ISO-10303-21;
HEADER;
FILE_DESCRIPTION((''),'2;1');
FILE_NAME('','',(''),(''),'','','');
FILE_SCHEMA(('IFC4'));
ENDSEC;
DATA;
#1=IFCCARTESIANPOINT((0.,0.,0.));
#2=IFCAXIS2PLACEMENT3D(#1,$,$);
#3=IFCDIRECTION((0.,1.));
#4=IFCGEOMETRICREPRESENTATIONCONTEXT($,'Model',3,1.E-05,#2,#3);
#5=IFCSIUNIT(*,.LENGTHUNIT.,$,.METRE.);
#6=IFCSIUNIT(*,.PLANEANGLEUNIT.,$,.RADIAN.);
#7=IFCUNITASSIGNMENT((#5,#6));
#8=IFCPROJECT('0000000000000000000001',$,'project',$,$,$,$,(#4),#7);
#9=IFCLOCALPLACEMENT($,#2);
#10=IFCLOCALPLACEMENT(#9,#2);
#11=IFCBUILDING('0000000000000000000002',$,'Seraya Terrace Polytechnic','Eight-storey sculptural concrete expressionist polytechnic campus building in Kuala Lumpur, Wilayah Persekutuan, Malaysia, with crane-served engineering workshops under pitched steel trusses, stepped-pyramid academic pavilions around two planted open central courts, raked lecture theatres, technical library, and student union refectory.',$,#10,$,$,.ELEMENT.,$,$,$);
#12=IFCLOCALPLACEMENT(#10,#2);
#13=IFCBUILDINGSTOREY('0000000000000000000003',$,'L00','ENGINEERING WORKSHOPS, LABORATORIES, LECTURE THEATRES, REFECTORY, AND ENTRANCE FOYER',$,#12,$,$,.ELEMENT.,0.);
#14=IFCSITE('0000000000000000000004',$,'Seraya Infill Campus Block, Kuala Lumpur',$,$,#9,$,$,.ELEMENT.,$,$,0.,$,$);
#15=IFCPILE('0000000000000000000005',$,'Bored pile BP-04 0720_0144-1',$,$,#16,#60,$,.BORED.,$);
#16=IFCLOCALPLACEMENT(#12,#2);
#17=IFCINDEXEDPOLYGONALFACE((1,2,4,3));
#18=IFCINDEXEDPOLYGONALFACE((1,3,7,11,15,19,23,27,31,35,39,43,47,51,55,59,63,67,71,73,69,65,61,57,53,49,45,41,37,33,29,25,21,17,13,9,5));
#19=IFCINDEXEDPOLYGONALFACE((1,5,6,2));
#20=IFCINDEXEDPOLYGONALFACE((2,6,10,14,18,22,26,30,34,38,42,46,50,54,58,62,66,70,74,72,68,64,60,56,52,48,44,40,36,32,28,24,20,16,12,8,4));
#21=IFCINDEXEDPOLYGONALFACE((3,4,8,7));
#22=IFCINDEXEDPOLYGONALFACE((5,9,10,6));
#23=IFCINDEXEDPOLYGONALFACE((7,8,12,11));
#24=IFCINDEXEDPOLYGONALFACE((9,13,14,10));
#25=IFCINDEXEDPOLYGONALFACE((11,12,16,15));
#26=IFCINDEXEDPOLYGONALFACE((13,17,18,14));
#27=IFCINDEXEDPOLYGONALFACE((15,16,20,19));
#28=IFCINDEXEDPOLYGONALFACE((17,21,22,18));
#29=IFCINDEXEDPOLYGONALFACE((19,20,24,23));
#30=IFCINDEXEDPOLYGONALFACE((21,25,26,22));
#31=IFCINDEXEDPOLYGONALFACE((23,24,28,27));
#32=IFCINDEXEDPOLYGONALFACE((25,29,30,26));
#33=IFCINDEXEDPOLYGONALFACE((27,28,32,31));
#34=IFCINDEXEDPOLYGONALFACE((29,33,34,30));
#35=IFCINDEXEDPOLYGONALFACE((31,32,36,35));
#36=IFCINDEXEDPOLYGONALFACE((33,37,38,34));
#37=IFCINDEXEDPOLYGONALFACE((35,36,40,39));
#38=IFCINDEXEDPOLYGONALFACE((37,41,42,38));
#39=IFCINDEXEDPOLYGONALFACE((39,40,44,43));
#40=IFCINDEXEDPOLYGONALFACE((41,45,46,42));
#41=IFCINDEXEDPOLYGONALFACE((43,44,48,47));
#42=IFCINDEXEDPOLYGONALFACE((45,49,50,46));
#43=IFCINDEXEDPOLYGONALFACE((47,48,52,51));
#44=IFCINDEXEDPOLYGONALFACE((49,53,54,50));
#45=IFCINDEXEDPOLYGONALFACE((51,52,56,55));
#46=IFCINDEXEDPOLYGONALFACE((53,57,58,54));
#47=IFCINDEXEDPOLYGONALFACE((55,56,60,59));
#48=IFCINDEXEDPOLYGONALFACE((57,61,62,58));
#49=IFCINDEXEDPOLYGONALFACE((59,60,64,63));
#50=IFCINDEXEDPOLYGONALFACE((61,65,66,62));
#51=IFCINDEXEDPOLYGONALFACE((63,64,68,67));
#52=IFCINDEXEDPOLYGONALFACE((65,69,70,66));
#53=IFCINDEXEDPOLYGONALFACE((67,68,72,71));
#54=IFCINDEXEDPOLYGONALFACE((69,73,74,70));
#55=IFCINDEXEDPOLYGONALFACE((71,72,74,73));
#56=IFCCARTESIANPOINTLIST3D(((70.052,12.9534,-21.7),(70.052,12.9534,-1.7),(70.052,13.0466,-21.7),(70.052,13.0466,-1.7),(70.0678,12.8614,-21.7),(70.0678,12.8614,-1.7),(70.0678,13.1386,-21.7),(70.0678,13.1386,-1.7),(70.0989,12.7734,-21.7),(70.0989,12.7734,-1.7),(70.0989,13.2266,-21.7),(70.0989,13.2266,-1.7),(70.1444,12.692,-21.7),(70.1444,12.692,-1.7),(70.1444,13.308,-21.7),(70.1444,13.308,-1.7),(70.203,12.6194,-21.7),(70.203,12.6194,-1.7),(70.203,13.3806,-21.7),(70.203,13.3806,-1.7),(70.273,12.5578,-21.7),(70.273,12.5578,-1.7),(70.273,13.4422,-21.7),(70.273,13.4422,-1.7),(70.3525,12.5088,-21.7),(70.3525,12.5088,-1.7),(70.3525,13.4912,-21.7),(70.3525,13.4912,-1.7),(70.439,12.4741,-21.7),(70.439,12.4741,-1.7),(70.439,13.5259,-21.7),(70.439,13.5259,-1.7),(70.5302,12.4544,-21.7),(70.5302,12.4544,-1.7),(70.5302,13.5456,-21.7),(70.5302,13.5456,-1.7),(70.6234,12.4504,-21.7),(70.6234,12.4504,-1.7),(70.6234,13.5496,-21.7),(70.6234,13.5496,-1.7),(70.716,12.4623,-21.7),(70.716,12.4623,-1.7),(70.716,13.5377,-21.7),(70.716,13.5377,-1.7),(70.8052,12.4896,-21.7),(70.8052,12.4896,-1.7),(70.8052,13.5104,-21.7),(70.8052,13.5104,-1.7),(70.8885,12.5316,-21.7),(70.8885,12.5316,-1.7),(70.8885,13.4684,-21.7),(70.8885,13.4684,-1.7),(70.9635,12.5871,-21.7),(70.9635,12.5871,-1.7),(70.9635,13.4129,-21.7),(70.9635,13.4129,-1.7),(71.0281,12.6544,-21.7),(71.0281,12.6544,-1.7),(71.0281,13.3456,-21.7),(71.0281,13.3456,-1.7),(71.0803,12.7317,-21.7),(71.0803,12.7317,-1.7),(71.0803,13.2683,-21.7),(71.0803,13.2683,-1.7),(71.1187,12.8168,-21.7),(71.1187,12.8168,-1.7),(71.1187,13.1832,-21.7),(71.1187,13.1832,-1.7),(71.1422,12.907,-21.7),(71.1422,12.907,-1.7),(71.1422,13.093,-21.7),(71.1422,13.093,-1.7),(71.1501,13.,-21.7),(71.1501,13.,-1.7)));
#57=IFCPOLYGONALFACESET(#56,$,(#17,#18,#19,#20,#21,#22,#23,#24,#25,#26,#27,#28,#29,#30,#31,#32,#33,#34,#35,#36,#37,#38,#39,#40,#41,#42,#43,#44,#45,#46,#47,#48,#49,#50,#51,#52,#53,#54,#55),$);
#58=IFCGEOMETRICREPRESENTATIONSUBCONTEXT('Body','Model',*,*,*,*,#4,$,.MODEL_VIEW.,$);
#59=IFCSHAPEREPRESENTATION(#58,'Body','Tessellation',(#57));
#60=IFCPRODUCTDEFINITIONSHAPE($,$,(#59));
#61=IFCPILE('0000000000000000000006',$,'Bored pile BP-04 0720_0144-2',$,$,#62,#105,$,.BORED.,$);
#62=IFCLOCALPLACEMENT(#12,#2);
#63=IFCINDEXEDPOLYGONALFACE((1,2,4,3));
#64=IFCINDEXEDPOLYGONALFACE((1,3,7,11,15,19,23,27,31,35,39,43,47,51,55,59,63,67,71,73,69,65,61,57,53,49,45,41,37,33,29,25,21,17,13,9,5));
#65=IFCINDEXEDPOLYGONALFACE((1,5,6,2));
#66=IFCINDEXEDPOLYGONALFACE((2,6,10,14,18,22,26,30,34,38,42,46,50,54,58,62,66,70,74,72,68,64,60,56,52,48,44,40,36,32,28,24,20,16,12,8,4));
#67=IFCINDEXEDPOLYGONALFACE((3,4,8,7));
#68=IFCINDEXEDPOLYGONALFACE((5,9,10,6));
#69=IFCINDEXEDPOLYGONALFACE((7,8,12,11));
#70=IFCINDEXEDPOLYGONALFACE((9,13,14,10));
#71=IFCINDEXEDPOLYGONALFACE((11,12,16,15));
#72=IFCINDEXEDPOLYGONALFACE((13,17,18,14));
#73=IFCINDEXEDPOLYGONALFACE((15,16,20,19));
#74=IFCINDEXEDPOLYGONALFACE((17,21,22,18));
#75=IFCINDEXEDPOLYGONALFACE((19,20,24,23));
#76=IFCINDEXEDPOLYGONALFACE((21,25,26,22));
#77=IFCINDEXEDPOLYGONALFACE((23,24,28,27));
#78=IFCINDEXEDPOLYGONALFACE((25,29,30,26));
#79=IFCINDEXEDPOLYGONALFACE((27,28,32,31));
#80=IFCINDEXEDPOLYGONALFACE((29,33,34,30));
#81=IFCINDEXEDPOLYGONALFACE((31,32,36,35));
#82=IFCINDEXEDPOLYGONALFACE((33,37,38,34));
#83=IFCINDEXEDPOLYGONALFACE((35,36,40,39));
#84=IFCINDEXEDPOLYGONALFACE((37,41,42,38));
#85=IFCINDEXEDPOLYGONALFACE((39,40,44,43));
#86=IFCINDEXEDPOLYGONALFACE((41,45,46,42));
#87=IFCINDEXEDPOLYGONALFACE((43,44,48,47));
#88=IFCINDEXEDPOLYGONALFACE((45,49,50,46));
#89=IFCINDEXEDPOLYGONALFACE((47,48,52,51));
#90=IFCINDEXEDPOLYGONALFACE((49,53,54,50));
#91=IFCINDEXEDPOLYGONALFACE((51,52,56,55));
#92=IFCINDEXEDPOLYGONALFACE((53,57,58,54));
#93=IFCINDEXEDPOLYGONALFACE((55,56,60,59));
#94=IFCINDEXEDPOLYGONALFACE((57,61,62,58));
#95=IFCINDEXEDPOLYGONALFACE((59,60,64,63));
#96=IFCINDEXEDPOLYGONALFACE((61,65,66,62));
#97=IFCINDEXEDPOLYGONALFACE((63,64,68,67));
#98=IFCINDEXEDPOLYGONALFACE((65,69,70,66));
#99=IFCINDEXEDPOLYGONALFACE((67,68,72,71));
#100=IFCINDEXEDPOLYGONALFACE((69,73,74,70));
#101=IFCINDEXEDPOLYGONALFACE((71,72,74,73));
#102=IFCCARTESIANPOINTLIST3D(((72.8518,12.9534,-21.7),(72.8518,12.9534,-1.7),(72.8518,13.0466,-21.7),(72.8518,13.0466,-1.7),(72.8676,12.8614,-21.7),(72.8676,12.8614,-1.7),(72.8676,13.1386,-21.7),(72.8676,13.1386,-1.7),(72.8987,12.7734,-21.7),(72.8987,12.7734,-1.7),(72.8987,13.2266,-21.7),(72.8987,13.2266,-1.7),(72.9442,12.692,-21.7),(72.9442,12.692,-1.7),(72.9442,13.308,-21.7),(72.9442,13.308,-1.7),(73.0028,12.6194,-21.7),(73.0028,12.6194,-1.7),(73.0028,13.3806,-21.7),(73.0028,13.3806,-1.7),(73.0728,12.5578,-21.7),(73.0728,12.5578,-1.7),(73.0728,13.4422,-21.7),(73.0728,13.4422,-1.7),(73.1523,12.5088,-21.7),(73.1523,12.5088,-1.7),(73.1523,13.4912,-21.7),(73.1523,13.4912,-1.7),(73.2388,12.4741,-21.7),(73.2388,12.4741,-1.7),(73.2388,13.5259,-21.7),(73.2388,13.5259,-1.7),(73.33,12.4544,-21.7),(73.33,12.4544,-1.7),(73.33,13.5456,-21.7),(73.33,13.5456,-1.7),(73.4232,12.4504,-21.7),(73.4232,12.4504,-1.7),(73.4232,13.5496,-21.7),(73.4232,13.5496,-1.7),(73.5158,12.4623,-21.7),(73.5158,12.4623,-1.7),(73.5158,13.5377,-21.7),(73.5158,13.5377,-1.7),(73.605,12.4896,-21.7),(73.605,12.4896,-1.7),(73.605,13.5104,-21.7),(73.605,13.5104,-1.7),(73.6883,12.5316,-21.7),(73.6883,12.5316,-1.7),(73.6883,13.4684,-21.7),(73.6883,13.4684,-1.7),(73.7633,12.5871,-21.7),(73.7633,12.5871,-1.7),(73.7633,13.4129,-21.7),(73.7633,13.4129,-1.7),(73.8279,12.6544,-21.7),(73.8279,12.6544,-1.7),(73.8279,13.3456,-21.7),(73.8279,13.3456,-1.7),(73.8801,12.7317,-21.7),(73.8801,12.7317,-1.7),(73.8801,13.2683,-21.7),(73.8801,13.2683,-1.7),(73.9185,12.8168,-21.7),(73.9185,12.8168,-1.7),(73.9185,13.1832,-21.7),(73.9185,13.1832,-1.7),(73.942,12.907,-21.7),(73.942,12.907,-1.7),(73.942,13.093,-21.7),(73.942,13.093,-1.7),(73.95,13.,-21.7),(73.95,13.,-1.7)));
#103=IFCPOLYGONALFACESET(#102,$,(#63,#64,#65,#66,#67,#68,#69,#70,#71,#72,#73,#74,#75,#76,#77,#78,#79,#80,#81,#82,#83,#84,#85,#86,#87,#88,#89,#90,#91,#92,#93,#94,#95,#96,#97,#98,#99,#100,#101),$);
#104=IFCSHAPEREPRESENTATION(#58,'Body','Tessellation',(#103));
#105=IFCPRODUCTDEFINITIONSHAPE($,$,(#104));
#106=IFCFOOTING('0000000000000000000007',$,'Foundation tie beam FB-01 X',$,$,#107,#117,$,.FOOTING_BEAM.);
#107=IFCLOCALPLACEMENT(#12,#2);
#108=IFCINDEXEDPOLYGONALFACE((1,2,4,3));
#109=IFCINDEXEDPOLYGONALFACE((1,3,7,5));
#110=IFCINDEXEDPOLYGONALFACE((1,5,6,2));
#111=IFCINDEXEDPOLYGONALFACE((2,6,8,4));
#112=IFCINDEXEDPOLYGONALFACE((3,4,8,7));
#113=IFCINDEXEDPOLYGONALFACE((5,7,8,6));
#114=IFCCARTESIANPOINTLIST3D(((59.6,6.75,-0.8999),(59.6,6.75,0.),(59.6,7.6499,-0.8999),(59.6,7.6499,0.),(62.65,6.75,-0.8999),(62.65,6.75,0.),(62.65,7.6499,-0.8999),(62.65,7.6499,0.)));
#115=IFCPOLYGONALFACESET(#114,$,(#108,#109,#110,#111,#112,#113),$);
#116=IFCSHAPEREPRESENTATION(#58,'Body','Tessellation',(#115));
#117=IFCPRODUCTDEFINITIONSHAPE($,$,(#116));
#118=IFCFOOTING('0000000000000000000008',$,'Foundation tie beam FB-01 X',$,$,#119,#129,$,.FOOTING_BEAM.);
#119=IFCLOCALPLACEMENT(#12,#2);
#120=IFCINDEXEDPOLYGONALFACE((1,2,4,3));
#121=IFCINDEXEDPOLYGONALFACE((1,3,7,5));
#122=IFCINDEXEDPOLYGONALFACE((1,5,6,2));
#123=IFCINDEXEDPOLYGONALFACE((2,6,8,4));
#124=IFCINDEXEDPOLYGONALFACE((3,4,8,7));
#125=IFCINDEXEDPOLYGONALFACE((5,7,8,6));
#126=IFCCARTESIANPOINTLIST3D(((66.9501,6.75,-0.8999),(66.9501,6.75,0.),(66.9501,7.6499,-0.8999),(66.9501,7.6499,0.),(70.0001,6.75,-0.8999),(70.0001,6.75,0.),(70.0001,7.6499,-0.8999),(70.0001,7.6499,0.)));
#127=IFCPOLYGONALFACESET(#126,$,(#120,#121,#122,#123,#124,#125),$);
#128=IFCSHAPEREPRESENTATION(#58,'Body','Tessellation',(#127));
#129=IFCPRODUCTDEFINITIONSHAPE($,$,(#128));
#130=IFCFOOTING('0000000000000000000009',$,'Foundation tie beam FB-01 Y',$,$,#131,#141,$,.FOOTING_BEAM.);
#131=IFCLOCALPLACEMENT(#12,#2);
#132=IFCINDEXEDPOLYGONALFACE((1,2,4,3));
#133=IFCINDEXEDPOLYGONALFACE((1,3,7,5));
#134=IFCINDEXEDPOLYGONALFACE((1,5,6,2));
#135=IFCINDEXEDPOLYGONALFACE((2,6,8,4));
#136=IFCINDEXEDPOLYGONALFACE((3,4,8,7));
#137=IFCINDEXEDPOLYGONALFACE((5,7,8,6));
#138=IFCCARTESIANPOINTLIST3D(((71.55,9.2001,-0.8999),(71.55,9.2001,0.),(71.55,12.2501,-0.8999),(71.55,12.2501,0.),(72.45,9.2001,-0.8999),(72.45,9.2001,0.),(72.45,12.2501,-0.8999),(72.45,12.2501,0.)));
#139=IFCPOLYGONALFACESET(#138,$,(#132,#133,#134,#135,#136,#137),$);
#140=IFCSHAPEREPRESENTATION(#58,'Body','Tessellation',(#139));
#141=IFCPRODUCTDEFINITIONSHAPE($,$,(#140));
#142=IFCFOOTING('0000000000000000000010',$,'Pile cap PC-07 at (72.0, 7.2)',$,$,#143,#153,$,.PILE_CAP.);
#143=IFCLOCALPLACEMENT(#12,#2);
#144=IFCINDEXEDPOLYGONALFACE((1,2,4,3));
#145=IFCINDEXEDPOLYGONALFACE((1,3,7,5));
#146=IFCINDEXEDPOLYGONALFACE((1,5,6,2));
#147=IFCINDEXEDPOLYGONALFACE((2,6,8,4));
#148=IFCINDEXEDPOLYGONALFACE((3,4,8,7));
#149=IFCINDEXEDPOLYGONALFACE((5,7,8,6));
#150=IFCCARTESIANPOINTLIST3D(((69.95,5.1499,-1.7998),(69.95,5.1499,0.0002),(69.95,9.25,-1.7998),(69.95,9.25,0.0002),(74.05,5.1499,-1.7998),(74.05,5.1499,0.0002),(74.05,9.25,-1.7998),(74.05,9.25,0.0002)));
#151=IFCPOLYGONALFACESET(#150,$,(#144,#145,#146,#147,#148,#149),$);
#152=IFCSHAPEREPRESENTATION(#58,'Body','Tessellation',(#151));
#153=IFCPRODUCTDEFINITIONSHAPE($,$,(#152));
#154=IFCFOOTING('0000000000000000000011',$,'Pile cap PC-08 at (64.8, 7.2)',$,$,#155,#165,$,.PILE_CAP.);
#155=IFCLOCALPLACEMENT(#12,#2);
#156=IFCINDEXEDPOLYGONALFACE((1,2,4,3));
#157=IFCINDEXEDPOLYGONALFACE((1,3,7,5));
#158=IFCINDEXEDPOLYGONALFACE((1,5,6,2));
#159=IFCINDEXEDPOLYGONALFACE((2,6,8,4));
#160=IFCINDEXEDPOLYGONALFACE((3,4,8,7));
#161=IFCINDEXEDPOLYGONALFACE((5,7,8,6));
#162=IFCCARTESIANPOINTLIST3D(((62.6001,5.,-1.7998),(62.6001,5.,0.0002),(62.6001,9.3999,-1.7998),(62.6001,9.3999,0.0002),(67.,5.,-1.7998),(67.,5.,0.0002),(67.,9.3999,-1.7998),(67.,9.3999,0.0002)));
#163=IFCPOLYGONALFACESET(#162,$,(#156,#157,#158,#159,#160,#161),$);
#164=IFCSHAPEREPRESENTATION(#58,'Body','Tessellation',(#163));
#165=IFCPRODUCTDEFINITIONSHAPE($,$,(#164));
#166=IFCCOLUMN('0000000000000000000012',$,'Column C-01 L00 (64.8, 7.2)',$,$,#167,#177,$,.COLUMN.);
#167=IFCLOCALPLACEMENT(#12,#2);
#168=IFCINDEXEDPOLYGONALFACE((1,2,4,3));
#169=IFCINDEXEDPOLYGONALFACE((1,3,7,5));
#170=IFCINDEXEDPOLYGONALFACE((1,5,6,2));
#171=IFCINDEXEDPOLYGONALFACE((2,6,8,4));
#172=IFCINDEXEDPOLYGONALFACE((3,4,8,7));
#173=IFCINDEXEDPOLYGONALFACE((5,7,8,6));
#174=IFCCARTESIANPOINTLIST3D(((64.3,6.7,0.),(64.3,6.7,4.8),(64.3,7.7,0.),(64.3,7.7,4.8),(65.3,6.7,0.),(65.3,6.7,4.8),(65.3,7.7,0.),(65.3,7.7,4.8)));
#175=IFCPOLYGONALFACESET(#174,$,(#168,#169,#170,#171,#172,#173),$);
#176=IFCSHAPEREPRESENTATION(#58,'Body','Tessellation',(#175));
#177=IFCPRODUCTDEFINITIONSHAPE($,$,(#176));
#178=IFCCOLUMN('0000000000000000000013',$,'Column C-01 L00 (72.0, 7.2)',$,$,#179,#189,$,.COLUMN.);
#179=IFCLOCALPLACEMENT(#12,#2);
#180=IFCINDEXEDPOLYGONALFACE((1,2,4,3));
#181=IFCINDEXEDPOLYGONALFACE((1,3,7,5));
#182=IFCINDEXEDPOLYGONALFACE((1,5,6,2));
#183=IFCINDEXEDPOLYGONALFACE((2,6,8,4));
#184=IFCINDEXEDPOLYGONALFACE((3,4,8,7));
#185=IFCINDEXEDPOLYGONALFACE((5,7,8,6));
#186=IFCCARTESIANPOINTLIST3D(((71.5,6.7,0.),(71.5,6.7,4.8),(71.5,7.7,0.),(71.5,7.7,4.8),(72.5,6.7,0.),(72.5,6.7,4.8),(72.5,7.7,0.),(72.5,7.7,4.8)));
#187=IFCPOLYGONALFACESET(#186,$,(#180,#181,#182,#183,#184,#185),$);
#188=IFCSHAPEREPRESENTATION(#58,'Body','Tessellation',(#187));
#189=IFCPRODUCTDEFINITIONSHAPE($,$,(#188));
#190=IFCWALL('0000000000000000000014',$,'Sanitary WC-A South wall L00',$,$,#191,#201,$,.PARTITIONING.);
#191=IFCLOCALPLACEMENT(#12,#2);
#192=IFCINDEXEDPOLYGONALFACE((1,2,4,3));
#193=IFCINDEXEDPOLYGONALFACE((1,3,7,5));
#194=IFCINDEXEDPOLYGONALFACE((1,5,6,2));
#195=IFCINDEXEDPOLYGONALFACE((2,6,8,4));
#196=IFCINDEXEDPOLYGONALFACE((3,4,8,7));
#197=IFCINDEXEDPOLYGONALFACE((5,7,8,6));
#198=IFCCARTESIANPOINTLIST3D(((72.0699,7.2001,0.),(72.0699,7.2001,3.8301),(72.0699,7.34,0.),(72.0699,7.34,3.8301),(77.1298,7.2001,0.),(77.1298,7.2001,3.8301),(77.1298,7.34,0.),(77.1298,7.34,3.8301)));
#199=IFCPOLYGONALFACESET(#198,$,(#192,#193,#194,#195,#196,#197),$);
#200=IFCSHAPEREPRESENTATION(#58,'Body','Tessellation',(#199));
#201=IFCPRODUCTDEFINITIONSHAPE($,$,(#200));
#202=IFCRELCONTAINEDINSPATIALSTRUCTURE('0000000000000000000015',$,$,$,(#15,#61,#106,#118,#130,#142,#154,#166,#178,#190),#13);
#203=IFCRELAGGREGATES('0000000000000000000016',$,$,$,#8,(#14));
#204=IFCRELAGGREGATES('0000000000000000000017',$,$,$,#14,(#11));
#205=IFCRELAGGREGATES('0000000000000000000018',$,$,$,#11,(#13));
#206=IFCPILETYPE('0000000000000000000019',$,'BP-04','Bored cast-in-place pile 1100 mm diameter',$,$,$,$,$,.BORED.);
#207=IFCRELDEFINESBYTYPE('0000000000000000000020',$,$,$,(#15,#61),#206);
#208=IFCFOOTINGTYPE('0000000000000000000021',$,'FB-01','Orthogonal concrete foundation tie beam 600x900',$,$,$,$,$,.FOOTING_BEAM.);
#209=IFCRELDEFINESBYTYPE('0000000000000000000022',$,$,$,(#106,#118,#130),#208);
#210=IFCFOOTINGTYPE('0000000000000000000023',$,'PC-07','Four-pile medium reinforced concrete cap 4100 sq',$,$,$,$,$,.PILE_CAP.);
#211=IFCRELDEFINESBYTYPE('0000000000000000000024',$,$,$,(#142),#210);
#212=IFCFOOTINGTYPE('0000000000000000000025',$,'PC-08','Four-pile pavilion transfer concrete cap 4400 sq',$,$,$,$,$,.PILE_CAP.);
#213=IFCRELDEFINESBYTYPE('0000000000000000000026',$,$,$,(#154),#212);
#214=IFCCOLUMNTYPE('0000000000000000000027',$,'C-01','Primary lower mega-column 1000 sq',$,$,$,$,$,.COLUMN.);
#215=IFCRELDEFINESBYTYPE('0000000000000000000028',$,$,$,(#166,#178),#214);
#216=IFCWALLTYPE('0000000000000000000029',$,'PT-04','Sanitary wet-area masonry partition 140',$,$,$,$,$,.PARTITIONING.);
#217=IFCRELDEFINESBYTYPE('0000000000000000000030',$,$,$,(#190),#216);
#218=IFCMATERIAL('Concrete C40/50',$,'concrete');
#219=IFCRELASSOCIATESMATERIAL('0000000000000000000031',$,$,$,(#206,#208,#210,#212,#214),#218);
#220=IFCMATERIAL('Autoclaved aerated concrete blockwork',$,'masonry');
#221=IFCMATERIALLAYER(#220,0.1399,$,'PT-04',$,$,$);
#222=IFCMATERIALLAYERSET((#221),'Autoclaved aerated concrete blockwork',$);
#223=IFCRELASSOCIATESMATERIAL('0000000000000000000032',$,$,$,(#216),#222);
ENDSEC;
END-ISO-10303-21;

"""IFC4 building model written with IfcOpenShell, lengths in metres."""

from ifc_helpers import new_model, si_unit, direction, frame, frame_2d, origin, origin_2d, place, context, subcontext, project, spatial, rectangle, circle, extrude, material, layer, layer_set, material_profile, profile_set, type_object, element, save


model = new_model("IFC4")

# Units and contexts
model_context = context("Model", 3, precision=1e-05, world=origin(), true_north=direction((0.0, 1.0)))
body_context = subcontext(model_context, "Body", "Model", "MODEL_VIEW")
ifc_project = project(units=[si_unit("LENGTHUNIT", "METRE"), si_unit("PLANEANGLEUNIT", "RADIAN")], contexts=[model_context])

# Site, building, storey
site_placement = place(None, origin())
site = spatial("IfcSite", under=ifc_project, at=site_placement, Name="Seraya Infill Campus Block, Kuala Lumpur", CompositionType="ELEMENT", RefElevation=0.0)
building_placement = place(site_placement, origin())
building = spatial("IfcBuilding", under=site, at=building_placement, Name="Seraya Terrace Polytechnic", Description="Eight-storey sculptural concrete expressionist polytechnic campus building in Kuala Lumpur, Wilayah Persekutuan, Malaysia, with crane-served engineering workshops under pitched steel trusses, stepped-pyramid academic pavilions around two planted open central courts, raked lecture theatres, technical library, and student union refectory.", CompositionType="ELEMENT")
storey_placement = place(building_placement, origin())
storey = spatial("IfcBuildingStorey", under=building, at=storey_placement, Name="L00", Description="ENGINEERING WORKSHOPS, LABORATORIES, LECTURE THEATRES, REFECTORY, AND ENTRANCE FOYER", CompositionType="ELEMENT", Elevation=0.0)

# Piles
ifc_material_1 = material(Name="Concrete C40/50", Category="concrete")
ifc_material_profile_1 = material_profile(ifc_material_1, circle(Radius=0.55, at=origin_2d()), Name="DIA 1100")
ifc_profile_set_1 = profile_set([ifc_material_profile_1], Name="Concrete C40/50")
pile_type_1 = type_object("IfcPileType", Name="BP-04", Description="Bored cast-in-place pile 1100 mm diameter", PredefinedType="BORED", material=ifc_profile_set_1)
for number, where, z_axis, x_axis, name in (
    (1, (70.6001, 13.0, -1.7), (0.0, 0.0, -1.0), (1.0, 0.0, 0.0), "Bored pile BP-04 0720_0144-1"),
    (2, (73.3999, 13.0, -1.7), (0.0, 0.0, -1.0), (1.0, 0.0, 0.0), "Bored pile BP-04 0720_0144-2"),
):
    element("IfcPile", number, at=place(storey_placement, frame(where, z_axis=z_axis, x_axis=x_axis)), inside=storey, type_object=pile_type_1, Name=name, PredefinedType="BORED", context=body_context, shape_type="SweptSolid", body=[
        extrude(circle(Radius=0.55, at=origin_2d()), origin(), (0.0, 0.0, 1.0), 20.0),
    ])

# Footings
footing_type_1 = type_object("IfcFootingType", Name="FB-01", Description="Orthogonal concrete foundation tie beam 600x900", PredefinedType="FOOTING_BEAM", material=ifc_material_1)
for number, where, z_axis, x_axis, name in (
    (3, (61.125, 7.2, -0.8999), (0.0, 0.0, 1.0), (1.0, 0.0, 0.0), "Foundation tie beam FB-01 X"),
    (4, (68.4751, 7.2, -0.8999), (0.0, 0.0, 1.0), (1.0, 0.0, 0.0), "Foundation tie beam FB-01 X"),
    (5, (72.0, 10.7251, -0.8999), (0.0, 0.0, 1.0), (0.0, 1.0, 0.0), "Foundation tie beam FB-01 Y"),
):
    element("IfcFooting", number, at=place(storey_placement, frame(where, z_axis=z_axis, x_axis=x_axis)), inside=storey, type_object=footing_type_1, Name=name, PredefinedType="FOOTING_BEAM", context=body_context, shape_type="SweptSolid", body=[
        extrude(rectangle(XDim=3.05, YDim=0.8999, at=origin_2d()), origin(), (0.0, 0.0, 1.0), 0.8999),
    ])
footing_type_2 = type_object("IfcFootingType", Name="PC-07", Description="Four-pile medium reinforced concrete cap 4100 sq", PredefinedType="PILE_CAP", material=ifc_material_1)
footing_1_placement = place(storey_placement, frame((72.0, 7.2, -1.7998), z_axis=(0.0, 0.0, 1.0), x_axis=(1.0, 0.0, 0.0)))
element("IfcFooting", 6, at=footing_1_placement, inside=storey, type_object=footing_type_2, Name="Pile cap PC-07 at (72.0, 7.2)", PredefinedType="PILE_CAP", context=body_context, shape_type="SweptSolid", body=[
    extrude(rectangle(XDim=4.1001, YDim=4.1001, at=origin_2d()), origin(), (0.0, 0.0, 1.0), 1.8),
])
footing_type_3 = type_object("IfcFootingType", Name="PC-08", Description="Four-pile pavilion transfer concrete cap 4400 sq", PredefinedType="PILE_CAP", material=ifc_material_1)
footing_2_placement = place(storey_placement, frame((64.8, 7.2, -1.7998), z_axis=(0.0, 0.0, 1.0), x_axis=(1.0, 0.0, 0.0)))
element("IfcFooting", 7, at=footing_2_placement, inside=storey, type_object=footing_type_3, Name="Pile cap PC-08 at (64.8, 7.2)", PredefinedType="PILE_CAP", context=body_context, shape_type="SweptSolid", body=[
    extrude(rectangle(XDim=4.3999, YDim=4.3999, at=origin_2d()), origin(), (0.0, 0.0, 1.0), 1.8),
])

# Columns
ifc_material_profile_2 = material_profile(ifc_material_1, rectangle(XDim=1.0, YDim=1.0, at=origin_2d()), Name="RC 1000x1000")
ifc_profile_set_2 = profile_set([ifc_material_profile_2], Name="Concrete C40/50")
column_type = type_object("IfcColumnType", Name="C-01", Description="Primary lower mega-column 1000 sq", PredefinedType="COLUMN", material=ifc_profile_set_2)
for number, where, z_axis, x_axis, name in (
    (8, (64.8, 7.2, 0.0), (0.0, 0.0, 1.0), (1.0, 0.0, 0.0), "Column C-01 L00 (64.8, 7.2)"),
    (9, (72.0, 7.2, 0.0), (0.0, 0.0, 1.0), (1.0, 0.0, 0.0), "Column C-01 L00 (72.0, 7.2)"),
):
    element("IfcColumn", number, at=place(storey_placement, frame(where, z_axis=z_axis, x_axis=x_axis)), inside=storey, type_object=column_type, Name=name, PredefinedType="COLUMN", context=body_context, shape_type="SweptSolid", body=[
        extrude(rectangle(XDim=1.0, YDim=1.0, at=origin_2d()), origin(), (0.0, 0.0, 1.0), 4.8),
    ])

# Wall
ifc_material_2 = material(Name="Autoclaved aerated concrete blockwork", Category="masonry")
ifc_layer_1 = layer(ifc_material_2, 0.1399, Name="PT-04")
ifc_layer_set_1 = layer_set([ifc_layer_1], Name="Autoclaved aerated concrete blockwork")
wall_type_1 = type_object("IfcWallType", Name="PT-04", Description="Sanitary wet-area masonry partition 140", PredefinedType="PARTITIONING", material=ifc_layer_set_1)
wall_1_placement = place(storey_placement, frame((72.0701, 7.27, 0.0), z_axis=(0.0, 0.0, 1.0), x_axis=(1.0, 0.0, 0.0)))
element("IfcWall", 10, at=wall_1_placement, inside=storey, type_object=wall_type_1, Name="Sanitary WC-A South wall L00", PredefinedType="PARTITIONING", context=body_context, shape_type="SweptSolid", body=[
    extrude(rectangle(XDim=5.0598, YDim=0.1399, at=frame_2d((2.5298, 0.0))), origin(), (0.0, 0.0, 1.0), 3.8301),
])

save(model, "model.ifc")
